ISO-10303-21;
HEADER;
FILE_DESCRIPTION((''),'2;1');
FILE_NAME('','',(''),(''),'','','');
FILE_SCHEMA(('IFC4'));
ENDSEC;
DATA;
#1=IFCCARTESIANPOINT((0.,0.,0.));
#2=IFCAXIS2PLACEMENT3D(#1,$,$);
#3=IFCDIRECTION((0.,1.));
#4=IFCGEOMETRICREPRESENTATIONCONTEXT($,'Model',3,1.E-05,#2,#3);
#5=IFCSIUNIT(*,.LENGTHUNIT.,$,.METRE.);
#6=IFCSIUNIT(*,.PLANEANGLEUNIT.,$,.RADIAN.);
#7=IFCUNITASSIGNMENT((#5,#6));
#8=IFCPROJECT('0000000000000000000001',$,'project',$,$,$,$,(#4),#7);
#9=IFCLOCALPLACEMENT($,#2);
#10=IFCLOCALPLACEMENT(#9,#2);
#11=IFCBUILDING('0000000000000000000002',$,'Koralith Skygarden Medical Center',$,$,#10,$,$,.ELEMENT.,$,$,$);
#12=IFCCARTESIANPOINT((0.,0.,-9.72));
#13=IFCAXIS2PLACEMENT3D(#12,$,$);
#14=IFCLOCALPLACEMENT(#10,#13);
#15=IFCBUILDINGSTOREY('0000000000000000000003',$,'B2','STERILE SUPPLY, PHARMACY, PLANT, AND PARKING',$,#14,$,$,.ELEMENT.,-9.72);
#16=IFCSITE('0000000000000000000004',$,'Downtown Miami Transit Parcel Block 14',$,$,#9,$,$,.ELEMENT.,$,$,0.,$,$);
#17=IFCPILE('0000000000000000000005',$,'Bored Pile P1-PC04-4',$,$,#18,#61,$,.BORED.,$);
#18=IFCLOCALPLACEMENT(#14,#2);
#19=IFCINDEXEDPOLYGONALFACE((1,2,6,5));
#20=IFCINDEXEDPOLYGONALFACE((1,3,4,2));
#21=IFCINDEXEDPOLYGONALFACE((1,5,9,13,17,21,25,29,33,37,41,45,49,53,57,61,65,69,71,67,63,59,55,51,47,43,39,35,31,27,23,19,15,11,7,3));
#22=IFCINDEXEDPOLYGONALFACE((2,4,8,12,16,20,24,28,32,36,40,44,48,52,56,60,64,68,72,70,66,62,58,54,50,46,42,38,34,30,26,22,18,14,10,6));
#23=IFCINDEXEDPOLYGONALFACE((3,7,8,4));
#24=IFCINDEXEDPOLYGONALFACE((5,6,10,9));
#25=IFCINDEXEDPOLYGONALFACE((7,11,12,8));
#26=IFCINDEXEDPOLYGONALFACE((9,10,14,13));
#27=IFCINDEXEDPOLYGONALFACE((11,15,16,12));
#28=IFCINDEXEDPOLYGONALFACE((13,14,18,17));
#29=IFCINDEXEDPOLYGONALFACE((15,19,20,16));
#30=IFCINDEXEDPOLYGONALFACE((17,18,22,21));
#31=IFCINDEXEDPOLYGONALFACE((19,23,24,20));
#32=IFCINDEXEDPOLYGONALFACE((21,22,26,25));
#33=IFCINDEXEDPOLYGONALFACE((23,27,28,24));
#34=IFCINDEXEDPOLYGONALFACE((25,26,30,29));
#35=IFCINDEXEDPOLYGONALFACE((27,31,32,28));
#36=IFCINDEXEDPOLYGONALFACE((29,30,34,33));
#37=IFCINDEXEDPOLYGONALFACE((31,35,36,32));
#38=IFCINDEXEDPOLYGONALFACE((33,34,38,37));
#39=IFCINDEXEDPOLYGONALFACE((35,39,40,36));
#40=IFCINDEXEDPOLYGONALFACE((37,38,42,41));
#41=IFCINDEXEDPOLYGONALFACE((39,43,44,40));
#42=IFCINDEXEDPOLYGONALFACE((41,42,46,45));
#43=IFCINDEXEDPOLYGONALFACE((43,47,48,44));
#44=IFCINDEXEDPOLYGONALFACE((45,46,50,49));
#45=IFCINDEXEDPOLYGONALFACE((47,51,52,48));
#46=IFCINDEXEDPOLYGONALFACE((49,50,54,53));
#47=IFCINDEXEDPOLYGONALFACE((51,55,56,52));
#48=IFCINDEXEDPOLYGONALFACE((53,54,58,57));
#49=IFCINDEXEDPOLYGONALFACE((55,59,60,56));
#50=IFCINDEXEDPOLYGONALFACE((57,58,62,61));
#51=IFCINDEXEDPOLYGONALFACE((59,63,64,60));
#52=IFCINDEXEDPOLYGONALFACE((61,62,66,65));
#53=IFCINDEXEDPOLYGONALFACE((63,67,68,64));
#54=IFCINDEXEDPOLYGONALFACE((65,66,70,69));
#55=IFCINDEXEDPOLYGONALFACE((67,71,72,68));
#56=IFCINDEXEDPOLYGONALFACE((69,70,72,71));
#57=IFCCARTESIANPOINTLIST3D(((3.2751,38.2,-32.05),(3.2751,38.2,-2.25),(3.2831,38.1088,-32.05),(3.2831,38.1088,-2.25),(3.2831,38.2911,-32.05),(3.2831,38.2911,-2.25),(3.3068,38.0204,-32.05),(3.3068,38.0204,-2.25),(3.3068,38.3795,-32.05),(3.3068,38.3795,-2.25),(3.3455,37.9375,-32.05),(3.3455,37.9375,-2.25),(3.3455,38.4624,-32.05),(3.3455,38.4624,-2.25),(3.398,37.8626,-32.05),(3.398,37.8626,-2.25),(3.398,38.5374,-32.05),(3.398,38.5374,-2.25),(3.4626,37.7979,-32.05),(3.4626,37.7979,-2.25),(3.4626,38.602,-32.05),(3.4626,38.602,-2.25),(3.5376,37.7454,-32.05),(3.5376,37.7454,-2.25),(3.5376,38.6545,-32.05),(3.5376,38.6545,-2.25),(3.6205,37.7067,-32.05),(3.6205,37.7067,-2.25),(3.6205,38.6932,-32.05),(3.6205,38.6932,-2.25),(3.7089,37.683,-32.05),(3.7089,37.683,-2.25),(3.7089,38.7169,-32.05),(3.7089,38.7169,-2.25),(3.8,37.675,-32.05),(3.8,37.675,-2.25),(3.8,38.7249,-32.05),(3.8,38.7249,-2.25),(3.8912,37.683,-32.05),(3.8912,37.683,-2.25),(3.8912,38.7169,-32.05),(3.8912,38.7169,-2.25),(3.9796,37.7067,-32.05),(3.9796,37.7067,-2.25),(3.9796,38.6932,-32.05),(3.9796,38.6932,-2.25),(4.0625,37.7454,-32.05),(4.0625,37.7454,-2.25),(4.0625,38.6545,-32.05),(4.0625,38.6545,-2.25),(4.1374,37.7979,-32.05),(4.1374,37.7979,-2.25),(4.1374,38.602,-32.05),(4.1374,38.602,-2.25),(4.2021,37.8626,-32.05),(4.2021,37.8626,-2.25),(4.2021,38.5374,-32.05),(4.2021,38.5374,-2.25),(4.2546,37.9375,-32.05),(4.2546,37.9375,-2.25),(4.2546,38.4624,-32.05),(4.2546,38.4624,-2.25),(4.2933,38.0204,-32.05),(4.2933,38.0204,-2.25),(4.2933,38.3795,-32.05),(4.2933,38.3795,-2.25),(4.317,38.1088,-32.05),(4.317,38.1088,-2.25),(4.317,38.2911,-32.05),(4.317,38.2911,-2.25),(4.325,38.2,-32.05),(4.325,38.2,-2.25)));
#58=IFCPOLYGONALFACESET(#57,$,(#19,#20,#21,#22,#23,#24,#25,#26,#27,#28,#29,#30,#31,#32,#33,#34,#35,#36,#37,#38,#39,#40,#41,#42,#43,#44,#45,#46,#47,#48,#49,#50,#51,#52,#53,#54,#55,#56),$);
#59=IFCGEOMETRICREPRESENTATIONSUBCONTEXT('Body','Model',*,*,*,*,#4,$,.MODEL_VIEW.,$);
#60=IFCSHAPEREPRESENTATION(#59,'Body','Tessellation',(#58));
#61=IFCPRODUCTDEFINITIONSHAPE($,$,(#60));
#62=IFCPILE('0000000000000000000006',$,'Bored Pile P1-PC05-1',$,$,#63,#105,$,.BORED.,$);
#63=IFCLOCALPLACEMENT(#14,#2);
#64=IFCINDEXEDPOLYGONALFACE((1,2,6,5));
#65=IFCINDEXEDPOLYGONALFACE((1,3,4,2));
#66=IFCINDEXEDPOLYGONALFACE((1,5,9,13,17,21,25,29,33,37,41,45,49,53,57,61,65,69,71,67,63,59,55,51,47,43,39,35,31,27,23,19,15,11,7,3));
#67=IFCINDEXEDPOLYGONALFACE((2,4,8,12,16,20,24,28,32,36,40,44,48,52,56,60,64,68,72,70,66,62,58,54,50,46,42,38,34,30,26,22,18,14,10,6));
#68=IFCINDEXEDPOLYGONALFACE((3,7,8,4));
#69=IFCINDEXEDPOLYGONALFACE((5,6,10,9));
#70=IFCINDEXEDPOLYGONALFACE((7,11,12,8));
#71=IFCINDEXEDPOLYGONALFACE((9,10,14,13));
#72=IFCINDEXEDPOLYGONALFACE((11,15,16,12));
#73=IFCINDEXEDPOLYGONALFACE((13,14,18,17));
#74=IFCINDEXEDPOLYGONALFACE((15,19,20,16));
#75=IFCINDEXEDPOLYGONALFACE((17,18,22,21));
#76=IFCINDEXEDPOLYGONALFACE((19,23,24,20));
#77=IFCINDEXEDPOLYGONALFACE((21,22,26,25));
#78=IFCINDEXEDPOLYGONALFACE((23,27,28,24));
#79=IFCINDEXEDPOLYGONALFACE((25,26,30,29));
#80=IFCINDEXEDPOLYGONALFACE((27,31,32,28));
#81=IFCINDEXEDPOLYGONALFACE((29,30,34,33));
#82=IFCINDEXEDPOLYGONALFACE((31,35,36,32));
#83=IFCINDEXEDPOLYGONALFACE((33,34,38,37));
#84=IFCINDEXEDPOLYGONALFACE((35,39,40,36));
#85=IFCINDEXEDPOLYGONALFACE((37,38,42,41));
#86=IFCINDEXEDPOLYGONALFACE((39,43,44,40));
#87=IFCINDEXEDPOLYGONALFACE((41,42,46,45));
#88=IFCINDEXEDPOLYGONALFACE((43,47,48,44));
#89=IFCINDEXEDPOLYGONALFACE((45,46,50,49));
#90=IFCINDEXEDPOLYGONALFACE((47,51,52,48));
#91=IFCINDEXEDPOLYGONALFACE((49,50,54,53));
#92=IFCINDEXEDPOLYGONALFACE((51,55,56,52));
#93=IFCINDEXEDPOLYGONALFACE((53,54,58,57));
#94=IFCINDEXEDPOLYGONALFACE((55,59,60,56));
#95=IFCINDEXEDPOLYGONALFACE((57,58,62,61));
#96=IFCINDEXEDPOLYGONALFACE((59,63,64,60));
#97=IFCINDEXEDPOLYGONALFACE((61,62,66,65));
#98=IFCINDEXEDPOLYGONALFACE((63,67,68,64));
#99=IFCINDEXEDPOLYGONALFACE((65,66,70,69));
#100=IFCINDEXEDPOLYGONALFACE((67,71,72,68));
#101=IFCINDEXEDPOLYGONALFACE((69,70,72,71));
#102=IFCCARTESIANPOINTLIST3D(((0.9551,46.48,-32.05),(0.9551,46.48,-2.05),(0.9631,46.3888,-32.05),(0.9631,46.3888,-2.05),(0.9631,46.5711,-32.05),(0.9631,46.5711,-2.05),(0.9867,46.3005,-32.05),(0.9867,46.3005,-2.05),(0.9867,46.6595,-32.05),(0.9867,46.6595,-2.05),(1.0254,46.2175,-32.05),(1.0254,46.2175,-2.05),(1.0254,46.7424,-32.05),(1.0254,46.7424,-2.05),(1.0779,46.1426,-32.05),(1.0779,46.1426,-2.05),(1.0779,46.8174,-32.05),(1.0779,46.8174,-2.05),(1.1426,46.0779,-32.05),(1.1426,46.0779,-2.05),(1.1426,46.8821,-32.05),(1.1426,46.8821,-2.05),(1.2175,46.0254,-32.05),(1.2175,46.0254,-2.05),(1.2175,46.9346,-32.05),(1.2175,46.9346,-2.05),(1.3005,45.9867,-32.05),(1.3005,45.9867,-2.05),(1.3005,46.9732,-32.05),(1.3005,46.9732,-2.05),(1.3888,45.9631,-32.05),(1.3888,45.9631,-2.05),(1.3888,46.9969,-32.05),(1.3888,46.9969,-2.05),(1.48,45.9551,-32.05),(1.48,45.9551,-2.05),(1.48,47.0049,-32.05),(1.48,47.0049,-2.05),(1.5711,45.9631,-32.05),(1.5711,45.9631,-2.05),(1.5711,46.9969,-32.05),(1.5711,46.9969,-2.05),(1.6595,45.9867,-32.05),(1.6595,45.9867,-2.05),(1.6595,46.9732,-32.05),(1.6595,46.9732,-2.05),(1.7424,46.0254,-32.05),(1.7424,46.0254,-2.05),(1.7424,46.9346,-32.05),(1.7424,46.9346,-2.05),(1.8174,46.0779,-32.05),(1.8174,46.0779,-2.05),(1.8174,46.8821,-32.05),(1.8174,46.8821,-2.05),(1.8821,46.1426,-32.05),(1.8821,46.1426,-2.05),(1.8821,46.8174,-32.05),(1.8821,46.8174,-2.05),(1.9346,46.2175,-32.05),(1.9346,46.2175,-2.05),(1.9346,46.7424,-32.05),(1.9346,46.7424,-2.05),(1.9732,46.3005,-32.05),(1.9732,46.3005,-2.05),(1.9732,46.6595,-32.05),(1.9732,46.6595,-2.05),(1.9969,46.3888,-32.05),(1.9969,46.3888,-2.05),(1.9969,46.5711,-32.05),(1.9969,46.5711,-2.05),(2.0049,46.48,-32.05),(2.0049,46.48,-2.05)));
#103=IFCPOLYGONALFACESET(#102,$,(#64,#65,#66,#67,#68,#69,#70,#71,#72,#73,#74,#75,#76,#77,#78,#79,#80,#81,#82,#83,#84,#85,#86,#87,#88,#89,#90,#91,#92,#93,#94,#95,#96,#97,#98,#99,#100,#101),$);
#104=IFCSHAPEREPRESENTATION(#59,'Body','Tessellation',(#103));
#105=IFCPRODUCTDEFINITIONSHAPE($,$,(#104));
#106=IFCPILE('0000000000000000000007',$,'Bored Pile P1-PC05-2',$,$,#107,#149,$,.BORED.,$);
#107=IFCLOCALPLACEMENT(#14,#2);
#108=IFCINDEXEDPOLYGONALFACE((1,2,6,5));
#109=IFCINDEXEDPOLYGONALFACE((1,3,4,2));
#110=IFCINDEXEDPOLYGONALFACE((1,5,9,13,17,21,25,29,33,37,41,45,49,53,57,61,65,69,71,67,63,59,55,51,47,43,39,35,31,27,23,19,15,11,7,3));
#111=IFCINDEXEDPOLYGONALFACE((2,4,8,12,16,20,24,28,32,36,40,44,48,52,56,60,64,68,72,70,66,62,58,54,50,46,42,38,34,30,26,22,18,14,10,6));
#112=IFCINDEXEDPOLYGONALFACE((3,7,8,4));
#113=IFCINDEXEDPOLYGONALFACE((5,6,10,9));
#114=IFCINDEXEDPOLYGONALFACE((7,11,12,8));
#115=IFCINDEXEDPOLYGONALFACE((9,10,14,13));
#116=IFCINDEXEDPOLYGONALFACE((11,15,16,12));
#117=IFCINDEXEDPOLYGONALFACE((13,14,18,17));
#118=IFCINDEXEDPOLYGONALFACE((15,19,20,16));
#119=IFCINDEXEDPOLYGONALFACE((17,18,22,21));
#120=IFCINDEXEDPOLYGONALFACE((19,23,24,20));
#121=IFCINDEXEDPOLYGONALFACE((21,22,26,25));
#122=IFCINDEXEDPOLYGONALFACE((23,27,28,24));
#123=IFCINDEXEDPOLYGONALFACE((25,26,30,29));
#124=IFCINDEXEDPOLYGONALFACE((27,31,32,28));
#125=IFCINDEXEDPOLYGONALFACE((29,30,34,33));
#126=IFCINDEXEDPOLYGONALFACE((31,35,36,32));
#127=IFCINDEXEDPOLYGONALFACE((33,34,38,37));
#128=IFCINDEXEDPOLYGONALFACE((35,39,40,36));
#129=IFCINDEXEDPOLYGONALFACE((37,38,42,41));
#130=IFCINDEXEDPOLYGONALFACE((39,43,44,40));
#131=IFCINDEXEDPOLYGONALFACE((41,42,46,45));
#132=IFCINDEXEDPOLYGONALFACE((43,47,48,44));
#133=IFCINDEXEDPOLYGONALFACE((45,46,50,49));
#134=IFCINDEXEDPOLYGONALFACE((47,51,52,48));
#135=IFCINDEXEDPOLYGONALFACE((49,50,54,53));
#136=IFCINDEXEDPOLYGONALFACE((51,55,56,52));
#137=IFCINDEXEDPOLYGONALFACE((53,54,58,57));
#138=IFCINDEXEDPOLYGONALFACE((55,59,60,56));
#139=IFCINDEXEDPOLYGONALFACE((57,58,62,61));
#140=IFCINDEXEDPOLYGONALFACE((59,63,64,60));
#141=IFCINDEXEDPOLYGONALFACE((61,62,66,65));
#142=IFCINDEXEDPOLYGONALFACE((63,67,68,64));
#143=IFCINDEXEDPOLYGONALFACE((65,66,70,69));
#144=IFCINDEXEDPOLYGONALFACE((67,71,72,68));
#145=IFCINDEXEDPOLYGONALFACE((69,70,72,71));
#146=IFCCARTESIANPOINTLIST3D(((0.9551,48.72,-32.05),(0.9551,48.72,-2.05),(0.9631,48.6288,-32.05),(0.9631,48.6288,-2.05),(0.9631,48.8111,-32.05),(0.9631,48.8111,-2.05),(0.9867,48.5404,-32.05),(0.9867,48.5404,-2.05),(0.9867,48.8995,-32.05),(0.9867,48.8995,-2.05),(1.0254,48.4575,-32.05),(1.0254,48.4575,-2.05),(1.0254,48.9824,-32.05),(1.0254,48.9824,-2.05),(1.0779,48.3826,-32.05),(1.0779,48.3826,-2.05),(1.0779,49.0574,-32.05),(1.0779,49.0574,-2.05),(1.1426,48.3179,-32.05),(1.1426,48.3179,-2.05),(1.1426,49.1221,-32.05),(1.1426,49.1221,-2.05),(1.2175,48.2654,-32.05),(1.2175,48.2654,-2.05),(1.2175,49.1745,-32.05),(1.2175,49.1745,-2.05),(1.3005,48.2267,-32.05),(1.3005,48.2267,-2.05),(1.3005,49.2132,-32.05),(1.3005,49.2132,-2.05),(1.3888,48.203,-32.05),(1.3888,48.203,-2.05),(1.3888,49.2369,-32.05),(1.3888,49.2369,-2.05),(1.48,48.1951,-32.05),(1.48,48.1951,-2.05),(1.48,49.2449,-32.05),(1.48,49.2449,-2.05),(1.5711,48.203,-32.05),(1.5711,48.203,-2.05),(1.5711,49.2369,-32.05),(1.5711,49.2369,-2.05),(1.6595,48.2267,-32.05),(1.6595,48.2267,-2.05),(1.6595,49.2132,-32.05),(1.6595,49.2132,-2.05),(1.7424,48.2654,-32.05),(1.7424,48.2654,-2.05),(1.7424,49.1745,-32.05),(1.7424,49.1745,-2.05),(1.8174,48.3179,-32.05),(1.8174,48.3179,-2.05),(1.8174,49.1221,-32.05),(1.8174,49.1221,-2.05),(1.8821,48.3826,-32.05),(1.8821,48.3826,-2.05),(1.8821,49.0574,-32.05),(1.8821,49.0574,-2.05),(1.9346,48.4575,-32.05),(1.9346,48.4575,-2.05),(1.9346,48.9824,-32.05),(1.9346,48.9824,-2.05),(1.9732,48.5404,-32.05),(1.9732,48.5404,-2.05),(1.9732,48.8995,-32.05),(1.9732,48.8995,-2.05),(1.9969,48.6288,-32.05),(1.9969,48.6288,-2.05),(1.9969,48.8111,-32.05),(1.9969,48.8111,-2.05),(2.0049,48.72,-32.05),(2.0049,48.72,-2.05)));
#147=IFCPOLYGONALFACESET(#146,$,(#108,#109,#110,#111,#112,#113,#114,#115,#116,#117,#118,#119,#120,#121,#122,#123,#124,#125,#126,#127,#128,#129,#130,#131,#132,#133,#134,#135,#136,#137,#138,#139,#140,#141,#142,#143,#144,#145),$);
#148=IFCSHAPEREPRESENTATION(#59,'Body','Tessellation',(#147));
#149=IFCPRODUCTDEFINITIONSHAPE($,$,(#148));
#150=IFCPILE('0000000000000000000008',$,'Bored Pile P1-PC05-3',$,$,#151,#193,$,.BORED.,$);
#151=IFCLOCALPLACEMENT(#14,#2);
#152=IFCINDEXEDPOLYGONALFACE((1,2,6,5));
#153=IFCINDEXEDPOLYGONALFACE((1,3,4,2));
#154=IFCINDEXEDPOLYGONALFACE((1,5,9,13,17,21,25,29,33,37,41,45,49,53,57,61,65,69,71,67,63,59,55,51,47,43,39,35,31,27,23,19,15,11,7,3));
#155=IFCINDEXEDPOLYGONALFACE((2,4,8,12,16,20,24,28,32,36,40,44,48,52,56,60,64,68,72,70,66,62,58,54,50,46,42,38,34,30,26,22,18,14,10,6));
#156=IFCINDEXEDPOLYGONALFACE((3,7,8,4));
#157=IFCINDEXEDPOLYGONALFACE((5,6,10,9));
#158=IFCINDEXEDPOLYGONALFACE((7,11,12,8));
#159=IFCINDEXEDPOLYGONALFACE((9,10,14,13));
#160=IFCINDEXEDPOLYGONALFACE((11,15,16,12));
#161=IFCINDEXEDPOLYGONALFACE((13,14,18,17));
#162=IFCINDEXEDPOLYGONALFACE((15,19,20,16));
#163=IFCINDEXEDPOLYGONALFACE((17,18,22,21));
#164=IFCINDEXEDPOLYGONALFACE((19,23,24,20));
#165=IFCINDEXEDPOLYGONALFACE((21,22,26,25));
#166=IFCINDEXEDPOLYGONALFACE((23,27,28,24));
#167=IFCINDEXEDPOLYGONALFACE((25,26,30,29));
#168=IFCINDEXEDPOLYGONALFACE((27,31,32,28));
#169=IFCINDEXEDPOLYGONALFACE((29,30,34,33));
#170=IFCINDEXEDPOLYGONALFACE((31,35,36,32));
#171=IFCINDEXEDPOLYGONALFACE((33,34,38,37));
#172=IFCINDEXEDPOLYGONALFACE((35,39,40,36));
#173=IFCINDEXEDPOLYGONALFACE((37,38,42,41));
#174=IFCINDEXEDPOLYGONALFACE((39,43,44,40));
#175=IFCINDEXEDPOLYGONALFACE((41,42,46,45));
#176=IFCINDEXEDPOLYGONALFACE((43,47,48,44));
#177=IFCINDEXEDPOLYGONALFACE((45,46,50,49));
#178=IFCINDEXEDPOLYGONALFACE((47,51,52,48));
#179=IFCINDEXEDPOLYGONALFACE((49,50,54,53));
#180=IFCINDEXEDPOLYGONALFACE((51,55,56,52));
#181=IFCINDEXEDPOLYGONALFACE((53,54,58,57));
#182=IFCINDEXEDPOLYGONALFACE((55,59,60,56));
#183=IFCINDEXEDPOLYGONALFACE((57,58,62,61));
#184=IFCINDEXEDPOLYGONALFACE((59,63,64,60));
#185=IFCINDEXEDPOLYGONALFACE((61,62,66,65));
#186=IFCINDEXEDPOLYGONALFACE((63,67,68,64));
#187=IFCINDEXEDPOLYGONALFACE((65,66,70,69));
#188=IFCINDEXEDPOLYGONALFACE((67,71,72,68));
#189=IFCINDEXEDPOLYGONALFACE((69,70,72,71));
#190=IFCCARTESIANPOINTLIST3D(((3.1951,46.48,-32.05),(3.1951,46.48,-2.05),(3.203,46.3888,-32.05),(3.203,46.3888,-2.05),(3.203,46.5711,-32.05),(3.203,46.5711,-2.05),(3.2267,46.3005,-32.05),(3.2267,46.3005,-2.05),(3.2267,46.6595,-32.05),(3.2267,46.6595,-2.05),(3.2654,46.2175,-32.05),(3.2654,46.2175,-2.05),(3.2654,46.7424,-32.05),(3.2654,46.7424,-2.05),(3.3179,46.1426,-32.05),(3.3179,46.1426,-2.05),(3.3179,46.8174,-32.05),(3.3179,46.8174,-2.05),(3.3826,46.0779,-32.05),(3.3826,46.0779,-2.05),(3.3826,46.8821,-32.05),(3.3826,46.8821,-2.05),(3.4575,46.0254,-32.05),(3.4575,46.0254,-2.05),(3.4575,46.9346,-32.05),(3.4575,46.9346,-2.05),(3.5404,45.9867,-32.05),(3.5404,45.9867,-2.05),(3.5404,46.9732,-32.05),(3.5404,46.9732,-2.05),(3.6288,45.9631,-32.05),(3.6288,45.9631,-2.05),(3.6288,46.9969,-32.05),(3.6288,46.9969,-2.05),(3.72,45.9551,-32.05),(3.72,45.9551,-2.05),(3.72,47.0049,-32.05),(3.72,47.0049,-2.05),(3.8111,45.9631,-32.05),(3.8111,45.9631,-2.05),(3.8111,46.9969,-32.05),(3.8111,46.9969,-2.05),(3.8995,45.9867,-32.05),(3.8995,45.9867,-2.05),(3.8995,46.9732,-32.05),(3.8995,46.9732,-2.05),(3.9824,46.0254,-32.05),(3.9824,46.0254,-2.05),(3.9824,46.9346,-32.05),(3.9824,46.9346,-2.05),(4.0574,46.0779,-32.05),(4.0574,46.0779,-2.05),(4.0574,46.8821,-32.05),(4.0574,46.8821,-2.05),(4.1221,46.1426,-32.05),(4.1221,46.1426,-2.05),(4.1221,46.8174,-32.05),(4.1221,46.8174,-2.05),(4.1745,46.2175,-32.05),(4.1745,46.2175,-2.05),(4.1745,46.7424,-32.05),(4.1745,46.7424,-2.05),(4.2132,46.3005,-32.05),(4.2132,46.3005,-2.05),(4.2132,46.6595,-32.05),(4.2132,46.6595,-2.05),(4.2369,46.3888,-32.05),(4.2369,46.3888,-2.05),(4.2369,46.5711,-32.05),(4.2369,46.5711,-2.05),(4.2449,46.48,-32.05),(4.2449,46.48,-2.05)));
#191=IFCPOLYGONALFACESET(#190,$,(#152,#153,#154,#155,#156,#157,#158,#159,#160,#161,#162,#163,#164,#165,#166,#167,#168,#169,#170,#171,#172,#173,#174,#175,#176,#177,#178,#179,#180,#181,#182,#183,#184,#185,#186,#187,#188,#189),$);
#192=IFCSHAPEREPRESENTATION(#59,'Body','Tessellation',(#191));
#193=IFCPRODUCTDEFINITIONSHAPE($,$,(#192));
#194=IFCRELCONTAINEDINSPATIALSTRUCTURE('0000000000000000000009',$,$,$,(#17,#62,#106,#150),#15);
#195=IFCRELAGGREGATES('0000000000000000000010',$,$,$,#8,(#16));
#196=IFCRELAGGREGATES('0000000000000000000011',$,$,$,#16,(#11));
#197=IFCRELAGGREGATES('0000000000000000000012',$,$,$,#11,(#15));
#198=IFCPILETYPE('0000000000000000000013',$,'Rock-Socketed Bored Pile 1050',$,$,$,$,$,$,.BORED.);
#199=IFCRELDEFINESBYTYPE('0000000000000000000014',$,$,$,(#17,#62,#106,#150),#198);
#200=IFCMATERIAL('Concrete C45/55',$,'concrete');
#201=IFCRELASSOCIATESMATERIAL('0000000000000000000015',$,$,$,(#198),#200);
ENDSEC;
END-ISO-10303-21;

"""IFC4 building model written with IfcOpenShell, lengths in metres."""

from ifc_helpers import new_model, si_unit, direction, frame, origin, origin_2d, place, context, subcontext, project, spatial, circle, extrude, material, material_profile, profile_set, type_object, element, save


model = new_model("IFC4")

# Units and contexts
model_context = context("Model", 3, precision=1e-05, world=origin(), true_north=direction((0.0, 1.0)))
body_context = subcontext(model_context, "Body", "Model", "MODEL_VIEW")
ifc_project = project(units=[si_unit("LENGTHUNIT", "METRE"), si_unit("PLANEANGLEUNIT", "RADIAN")], contexts=[model_context])

# Site, building, storey
site_placement = place(None, origin())
site = spatial("IfcSite", under=ifc_project, at=site_placement, Name="Downtown Miami Transit Parcel Block 14", CompositionType="ELEMENT", RefElevation=0.0)
building_placement = place(site_placement, origin())
building = spatial("IfcBuilding", under=site, at=building_placement, Name="Koralith Skygarden Medical Center", CompositionType="ELEMENT")
storey_placement = place(building_placement, frame((0.0, 0.0, -9.72)))
storey = spatial("IfcBuildingStorey", under=building, at=storey_placement, Name="B2", Description="STERILE SUPPLY, PHARMACY, PLANT, AND PARKING", CompositionType="ELEMENT", Elevation=-9.72)

# Piles
ifc_material_1 = material(Name="Concrete C45/55", Category="concrete")
ifc_material_profile_1 = material_profile(ifc_material_1, circle(Radius=0.5249, at=origin_2d()), Name="PILE1050")
ifc_profile_set_1 = profile_set([ifc_material_profile_1], Name="Concrete C45/55")
pile_type = type_object("IfcPileType", Name="Rock-Socketed Bored Pile 1050", PredefinedType="BORED", material=ifc_profile_set_1)
for number, where, z_axis, x_axis, name in (
    (1, (3.8, 38.2, -2.25), (0.0, 0.0, -1.0), (1.0, 0.0, 0.0), "Bored Pile P1-PC04-4"),
):
    element("IfcPile", number, at=place(storey_placement, frame(where, z_axis=z_axis, x_axis=x_axis)), inside=storey, type_object=pile_type, Name=name, PredefinedType="BORED", context=body_context, shape_type="SweptSolid", body=[
        extrude(circle(Radius=0.5249, at=origin_2d()), origin(), (0.0, 0.0, 1.0), 29.8),
    ])
for number, where, z_axis, x_axis, name in (
    (2, (1.48, 46.48, -2.05), (0.0, 0.0, -1.0), (1.0, 0.0, 0.0), "Bored Pile P1-PC05-1"),
    (3, (1.48, 48.72, -2.05), (0.0, 0.0, -1.0), (1.0, 0.0, 0.0), "Bored Pile P1-PC05-2"),
    (4, (3.72, 46.48, -2.05), (0.0, 0.0, -1.0), (1.0, 0.0, 0.0), "Bored Pile P1-PC05-3"),
):
    element("IfcPile", number, at=place(storey_placement, frame(where, z_axis=z_axis, x_axis=x_axis)), inside=storey, type_object=pile_type, Name=name, PredefinedType="BORED", context=body_context, shape_type="SweptSolid", body=[
        extrude(circle(Radius=0.5249, at=origin_2d()), origin(), (0.0, 0.0, 1.0), 30.0),
    ])

save(model, "model.ifc")
